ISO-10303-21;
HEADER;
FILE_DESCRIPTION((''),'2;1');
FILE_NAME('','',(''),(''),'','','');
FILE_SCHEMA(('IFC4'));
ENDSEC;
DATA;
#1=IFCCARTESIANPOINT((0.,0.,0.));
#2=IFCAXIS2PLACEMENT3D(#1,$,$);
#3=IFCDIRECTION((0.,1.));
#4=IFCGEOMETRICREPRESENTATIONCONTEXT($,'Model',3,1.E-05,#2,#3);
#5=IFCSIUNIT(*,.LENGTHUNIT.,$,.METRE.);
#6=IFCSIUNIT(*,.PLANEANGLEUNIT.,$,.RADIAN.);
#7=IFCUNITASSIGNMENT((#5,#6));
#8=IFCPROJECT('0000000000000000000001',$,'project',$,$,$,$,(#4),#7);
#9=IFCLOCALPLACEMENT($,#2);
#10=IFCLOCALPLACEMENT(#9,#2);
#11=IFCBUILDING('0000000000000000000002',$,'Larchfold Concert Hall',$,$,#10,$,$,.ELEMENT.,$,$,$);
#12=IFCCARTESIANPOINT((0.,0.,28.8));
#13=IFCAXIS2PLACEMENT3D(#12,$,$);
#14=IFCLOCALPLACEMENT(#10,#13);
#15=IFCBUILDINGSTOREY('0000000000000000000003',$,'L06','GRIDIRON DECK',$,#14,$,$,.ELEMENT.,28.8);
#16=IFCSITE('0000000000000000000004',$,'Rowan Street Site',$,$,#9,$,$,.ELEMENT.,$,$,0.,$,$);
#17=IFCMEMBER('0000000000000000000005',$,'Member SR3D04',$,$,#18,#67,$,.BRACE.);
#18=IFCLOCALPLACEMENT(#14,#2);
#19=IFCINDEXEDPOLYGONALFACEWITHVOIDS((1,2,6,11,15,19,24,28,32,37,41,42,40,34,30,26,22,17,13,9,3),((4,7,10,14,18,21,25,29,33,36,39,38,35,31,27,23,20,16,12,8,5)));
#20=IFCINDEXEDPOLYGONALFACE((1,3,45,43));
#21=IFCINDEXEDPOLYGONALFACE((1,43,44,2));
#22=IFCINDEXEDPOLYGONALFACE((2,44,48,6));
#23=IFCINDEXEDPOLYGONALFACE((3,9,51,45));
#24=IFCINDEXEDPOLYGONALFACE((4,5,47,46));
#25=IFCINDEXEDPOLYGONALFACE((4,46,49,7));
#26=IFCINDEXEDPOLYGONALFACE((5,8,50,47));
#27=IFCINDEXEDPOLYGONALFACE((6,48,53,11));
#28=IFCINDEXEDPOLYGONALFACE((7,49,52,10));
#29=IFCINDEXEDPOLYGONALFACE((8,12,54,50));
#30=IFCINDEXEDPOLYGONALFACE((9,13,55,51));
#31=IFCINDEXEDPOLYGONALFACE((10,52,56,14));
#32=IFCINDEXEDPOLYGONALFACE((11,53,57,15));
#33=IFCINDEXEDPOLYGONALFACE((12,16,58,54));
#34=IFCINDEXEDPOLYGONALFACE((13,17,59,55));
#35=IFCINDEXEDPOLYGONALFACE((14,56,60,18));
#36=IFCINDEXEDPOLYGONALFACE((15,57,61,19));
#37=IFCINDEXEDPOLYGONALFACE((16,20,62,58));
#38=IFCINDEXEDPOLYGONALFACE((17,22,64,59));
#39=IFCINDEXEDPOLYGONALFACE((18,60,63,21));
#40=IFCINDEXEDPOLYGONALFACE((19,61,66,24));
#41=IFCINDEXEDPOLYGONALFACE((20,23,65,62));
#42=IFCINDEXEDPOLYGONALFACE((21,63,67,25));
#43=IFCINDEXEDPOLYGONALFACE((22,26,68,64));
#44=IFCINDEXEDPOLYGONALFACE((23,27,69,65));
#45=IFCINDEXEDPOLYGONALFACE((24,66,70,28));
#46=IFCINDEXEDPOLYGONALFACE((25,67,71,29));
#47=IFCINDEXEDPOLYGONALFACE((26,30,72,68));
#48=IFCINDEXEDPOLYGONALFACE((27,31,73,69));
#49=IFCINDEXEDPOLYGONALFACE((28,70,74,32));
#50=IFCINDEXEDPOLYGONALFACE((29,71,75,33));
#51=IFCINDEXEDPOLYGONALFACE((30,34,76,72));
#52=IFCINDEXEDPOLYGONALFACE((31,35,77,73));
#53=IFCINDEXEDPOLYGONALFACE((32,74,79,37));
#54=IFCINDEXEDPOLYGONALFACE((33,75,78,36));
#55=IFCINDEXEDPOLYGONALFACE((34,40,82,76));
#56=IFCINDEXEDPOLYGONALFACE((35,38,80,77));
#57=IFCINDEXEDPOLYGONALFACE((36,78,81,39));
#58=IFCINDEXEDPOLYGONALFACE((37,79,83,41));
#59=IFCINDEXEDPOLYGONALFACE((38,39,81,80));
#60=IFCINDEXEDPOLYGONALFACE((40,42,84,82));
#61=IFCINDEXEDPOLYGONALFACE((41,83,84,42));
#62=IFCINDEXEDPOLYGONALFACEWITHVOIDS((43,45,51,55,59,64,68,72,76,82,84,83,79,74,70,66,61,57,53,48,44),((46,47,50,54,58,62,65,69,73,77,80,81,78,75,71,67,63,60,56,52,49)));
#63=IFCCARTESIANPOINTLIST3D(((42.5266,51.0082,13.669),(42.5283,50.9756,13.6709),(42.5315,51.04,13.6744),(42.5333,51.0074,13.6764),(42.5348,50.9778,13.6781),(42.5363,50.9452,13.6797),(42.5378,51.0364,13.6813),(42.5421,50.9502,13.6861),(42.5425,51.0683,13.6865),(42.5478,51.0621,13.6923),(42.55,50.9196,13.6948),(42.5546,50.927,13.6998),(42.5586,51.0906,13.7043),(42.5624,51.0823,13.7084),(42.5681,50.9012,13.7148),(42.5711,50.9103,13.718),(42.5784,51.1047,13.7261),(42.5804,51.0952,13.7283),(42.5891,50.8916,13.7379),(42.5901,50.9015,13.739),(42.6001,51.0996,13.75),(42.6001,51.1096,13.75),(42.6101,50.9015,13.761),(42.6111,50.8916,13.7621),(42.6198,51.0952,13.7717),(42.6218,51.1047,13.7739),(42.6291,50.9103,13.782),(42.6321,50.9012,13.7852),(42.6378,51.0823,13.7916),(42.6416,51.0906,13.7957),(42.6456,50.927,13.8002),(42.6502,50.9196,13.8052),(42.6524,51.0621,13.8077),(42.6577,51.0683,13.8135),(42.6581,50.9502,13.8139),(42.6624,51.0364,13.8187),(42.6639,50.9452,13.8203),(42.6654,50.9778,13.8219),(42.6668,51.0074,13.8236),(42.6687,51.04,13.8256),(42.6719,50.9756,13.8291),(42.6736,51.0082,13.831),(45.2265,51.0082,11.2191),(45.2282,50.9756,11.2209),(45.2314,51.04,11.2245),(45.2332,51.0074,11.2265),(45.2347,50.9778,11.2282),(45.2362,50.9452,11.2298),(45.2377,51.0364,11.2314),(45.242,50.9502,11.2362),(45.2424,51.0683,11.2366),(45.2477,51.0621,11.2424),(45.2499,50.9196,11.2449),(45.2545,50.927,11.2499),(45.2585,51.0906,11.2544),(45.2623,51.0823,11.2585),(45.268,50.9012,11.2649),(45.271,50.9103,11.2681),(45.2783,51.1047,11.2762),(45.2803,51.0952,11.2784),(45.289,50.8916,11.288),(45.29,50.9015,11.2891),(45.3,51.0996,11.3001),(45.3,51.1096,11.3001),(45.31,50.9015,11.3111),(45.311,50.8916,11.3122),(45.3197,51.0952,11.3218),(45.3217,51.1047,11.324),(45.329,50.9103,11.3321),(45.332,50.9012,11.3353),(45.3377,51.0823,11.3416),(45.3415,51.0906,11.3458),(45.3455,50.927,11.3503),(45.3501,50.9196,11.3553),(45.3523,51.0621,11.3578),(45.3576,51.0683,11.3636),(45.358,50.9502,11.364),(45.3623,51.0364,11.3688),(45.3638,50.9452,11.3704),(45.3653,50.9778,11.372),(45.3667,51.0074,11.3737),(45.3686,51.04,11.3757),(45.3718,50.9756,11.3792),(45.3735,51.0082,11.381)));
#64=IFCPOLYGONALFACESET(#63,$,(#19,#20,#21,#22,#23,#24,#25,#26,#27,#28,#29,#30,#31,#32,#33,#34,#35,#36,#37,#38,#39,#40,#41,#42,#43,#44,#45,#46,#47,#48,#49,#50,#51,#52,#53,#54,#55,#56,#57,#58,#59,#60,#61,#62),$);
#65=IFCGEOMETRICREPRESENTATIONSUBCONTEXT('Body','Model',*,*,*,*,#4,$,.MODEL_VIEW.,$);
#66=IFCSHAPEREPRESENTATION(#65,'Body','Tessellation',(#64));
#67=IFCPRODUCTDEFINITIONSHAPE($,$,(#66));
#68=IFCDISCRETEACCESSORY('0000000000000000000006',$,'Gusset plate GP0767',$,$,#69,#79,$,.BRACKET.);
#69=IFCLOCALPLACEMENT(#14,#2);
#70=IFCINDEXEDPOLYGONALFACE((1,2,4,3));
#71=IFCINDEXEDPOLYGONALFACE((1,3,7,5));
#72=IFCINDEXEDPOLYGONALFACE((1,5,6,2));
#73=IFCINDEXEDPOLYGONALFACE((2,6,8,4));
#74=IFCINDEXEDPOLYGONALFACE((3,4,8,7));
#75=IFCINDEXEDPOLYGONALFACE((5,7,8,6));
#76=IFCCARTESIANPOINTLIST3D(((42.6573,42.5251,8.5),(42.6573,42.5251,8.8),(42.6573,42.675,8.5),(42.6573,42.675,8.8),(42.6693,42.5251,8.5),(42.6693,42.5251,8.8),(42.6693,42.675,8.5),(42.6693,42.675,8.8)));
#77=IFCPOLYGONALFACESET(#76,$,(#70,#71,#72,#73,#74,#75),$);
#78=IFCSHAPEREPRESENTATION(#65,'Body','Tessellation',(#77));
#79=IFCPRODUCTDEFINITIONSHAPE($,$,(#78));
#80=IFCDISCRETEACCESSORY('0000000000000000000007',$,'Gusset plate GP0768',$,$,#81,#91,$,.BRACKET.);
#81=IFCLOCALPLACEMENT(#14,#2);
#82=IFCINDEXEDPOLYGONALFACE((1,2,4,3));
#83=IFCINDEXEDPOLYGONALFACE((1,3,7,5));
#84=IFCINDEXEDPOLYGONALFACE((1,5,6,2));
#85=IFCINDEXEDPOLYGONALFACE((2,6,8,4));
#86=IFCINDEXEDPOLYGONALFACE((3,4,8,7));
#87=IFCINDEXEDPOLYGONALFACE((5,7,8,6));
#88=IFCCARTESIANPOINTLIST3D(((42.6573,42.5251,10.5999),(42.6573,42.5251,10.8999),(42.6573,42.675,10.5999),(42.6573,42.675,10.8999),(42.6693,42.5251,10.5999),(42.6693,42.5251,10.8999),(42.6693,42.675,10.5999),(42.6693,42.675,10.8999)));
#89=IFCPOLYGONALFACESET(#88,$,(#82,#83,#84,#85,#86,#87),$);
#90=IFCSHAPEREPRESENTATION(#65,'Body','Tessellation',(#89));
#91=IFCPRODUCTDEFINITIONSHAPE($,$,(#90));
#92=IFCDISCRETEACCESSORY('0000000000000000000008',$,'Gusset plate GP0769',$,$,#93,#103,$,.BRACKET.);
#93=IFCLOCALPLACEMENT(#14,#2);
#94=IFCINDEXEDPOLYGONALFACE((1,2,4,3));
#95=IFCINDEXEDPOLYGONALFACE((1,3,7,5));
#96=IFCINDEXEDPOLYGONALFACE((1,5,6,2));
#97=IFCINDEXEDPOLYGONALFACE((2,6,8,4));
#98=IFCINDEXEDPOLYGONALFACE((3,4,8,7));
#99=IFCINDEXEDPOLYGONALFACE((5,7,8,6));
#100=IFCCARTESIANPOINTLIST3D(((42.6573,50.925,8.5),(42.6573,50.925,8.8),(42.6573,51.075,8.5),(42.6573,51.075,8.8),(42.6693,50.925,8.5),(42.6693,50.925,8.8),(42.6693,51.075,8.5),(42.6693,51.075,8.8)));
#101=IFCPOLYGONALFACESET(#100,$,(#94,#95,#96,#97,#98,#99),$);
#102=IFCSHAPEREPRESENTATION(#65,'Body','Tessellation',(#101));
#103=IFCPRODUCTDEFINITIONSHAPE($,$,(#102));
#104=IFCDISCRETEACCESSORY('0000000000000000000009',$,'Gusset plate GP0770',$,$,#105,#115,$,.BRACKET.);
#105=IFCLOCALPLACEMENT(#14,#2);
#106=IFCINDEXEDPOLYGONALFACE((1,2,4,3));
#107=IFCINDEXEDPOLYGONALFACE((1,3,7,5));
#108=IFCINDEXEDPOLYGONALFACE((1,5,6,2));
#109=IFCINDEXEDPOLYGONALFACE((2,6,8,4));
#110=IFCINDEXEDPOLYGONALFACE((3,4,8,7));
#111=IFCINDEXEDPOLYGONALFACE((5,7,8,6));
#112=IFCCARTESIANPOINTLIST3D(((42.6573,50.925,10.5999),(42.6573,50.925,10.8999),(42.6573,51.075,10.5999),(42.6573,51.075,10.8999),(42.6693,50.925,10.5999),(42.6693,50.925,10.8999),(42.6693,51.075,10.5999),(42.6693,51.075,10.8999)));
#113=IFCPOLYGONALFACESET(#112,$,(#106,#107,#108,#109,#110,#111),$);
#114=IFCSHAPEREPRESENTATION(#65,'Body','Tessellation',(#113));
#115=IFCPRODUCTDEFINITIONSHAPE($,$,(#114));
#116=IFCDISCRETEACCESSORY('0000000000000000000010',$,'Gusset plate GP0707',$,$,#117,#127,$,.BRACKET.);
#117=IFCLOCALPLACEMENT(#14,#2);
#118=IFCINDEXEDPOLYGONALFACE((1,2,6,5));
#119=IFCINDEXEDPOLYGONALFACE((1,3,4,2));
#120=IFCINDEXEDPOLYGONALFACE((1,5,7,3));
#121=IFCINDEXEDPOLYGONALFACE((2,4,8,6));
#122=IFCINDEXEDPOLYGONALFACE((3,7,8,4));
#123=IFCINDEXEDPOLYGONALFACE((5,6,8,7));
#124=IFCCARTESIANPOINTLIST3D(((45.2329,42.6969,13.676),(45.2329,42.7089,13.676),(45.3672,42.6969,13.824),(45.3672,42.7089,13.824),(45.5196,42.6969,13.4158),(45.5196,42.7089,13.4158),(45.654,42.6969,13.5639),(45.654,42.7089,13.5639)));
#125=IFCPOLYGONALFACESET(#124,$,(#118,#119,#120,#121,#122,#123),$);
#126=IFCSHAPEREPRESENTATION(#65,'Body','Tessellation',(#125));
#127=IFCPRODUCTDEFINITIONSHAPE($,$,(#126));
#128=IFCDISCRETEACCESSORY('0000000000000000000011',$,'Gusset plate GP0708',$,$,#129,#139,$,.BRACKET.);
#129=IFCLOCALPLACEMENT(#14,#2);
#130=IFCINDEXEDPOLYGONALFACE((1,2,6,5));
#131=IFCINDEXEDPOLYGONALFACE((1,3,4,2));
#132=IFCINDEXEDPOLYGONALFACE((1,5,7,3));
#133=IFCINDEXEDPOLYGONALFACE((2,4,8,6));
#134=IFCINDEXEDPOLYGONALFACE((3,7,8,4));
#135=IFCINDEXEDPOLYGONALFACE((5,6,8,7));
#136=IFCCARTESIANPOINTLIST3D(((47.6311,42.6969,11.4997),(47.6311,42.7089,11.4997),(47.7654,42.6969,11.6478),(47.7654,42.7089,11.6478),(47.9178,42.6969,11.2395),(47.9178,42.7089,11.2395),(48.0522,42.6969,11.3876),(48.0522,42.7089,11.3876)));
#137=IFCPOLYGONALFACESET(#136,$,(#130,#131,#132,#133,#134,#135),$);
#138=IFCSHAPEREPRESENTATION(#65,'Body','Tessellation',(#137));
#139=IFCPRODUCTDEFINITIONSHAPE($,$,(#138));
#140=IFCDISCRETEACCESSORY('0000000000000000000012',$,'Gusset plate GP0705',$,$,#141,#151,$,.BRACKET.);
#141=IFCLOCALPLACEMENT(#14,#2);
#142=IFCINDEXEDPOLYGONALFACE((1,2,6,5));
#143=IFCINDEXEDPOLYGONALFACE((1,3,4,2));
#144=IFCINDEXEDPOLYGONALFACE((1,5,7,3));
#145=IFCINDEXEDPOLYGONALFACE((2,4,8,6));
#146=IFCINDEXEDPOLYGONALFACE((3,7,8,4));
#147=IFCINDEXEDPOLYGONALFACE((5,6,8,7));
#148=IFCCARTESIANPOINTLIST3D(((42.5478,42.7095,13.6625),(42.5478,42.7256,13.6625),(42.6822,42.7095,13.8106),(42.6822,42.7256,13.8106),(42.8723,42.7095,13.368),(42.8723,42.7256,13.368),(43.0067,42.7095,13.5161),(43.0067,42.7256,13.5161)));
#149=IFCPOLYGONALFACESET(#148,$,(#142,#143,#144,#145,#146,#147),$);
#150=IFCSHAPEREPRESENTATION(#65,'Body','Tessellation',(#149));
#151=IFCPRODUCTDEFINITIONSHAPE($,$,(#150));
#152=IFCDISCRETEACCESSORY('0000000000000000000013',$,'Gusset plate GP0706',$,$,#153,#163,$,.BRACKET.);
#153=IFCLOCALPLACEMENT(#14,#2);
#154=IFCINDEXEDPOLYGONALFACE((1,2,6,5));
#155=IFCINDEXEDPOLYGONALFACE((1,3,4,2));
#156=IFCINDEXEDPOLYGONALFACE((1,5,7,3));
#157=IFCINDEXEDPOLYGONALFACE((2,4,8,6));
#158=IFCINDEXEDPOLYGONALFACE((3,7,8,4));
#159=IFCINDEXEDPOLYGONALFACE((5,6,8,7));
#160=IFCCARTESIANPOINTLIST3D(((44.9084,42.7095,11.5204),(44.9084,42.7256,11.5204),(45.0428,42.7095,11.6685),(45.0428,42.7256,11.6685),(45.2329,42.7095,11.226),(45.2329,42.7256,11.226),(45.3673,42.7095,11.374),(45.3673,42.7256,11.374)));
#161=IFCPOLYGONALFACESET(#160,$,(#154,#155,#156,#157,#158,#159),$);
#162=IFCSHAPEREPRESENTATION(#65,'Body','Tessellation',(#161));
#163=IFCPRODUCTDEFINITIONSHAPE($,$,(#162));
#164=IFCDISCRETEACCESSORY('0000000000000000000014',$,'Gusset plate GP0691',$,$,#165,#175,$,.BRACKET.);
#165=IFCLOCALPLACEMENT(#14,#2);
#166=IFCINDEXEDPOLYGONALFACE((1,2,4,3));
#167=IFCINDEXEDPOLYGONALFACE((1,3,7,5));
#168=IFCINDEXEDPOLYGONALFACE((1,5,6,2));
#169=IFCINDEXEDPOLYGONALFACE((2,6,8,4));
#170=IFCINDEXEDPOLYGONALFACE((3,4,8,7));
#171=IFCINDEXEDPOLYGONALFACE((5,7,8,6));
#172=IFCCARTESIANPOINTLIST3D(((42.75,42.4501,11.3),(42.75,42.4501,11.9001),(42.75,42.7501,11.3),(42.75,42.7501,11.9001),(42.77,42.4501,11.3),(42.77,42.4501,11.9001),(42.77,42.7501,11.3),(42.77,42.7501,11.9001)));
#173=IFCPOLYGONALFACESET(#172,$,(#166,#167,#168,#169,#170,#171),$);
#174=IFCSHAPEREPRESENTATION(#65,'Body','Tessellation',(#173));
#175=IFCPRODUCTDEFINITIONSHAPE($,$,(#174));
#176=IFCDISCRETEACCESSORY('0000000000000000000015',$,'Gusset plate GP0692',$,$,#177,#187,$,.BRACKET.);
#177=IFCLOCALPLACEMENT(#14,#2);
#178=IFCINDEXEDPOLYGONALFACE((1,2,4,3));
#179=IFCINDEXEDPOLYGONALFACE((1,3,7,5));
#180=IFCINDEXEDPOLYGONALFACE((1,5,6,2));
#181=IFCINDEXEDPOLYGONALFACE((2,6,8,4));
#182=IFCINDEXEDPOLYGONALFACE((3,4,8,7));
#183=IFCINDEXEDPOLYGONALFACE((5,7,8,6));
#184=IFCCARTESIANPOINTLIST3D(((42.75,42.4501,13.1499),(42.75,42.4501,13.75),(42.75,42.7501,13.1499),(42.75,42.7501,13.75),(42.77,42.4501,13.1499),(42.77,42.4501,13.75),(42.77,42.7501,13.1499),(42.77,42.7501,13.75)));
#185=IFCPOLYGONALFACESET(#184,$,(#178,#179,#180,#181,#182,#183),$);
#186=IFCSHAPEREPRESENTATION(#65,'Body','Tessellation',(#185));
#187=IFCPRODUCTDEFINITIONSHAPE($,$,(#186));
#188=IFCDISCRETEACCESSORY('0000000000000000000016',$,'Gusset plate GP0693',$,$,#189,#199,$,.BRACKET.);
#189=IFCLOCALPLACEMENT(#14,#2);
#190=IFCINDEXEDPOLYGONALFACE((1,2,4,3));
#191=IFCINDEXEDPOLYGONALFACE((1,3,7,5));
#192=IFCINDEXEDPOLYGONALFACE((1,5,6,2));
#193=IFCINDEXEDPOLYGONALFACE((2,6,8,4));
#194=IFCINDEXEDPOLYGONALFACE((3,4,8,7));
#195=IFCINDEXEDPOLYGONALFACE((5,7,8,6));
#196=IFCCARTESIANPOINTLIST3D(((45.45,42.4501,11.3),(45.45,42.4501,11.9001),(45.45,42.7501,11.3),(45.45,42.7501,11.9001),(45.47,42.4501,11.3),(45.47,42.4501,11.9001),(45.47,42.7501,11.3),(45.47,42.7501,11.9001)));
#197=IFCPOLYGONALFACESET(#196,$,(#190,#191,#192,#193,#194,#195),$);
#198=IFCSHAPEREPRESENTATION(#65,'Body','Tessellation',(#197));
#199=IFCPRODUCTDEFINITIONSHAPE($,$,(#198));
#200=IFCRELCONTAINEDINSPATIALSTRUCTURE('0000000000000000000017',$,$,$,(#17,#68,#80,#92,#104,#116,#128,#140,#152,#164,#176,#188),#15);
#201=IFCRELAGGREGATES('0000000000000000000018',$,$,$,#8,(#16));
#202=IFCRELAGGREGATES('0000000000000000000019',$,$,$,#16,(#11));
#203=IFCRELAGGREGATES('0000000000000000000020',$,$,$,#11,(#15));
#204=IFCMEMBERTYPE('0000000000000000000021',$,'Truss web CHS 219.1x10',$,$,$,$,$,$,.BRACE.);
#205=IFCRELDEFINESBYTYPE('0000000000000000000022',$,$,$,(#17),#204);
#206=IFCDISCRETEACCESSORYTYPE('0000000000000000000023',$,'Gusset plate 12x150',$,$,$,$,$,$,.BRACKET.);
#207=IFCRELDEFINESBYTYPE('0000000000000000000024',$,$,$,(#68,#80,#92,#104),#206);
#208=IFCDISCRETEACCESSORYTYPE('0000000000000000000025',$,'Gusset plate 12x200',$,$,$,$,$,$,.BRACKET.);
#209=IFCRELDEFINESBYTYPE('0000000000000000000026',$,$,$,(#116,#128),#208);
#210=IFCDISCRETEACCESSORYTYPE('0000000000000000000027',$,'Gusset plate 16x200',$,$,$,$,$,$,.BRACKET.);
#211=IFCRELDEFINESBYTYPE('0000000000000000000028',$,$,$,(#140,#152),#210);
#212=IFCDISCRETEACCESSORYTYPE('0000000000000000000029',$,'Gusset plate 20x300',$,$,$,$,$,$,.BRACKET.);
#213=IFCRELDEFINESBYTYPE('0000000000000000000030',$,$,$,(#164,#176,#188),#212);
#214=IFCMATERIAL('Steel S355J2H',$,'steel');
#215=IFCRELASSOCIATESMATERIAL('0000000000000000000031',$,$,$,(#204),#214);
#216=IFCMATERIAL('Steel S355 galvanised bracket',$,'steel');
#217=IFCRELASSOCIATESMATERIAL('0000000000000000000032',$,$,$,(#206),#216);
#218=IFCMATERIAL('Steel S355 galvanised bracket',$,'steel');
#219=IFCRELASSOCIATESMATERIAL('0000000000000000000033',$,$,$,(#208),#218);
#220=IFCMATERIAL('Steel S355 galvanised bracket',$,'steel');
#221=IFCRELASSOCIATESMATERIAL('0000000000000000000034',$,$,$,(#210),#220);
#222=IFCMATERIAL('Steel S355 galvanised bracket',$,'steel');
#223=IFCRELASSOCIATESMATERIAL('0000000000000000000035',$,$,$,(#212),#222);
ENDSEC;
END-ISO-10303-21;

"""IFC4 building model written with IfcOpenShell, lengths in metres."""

from ifc_helpers import new_model, si_unit, direction, frame, origin, origin_2d, place, context, subcontext, project, spatial, rectangle, hollow_circle, extrude, material, material_profile, profile_set, type_object, element, save


model = new_model("IFC4")

# Units and contexts
model_context = context("Model", 3, precision=1e-05, world=origin(), true_north=direction((0.0, 1.0)))
body_context = subcontext(model_context, "Body", "Model", "MODEL_VIEW")
ifc_project = project(units=[si_unit("LENGTHUNIT", "METRE"), si_unit("PLANEANGLEUNIT", "RADIAN")], contexts=[model_context])

# Site, building, storey
site_placement = place(None, origin())
site = spatial("IfcSite", under=ifc_project, at=site_placement, Name="Rowan Street Site", CompositionType="ELEMENT", RefElevation=0.0)
building_placement = place(site_placement, origin())
building = spatial("IfcBuilding", under=site, at=building_placement, Name="Larchfold Concert Hall", CompositionType="ELEMENT")
storey_placement = place(building_placement, frame((0.0, 0.0, 28.8)))
storey = spatial("IfcBuildingStorey", under=building, at=storey_placement, Name="L06", Description="GRIDIRON DECK", CompositionType="ELEMENT", Elevation=28.8)

# Member
ifc_material_1 = material(Name="Steel S355J2H", Category="steel")
ifc_material_profile_1 = material_profile(ifc_material_1, hollow_circle(Radius=0.1096, WallThickness=0.01, at=origin_2d()))
ifc_profile_set_1 = profile_set([ifc_material_profile_1], Name="Steel S355J2H")
member_type_1 = type_object("IfcMemberType", Name="Truss web CHS 219.1x10", PredefinedType="BRACE", material=ifc_profile_set_1)
member_1_placement = place(storey_placement, frame((42.6001, 51.0, 13.75), z_axis=(0.740561, 0.0, -0.671989), x_axis=(0.0, 1.0, 0.0)))
element("IfcMember", 1, at=member_1_placement, inside=storey, type_object=member_type_1, Name="Member SR3D04", PredefinedType="BRACE", context=body_context, shape_type="SweptSolid", body=[
    extrude(hollow_circle(Radius=0.1096, WallThickness=0.01, at=origin_2d()), origin(), (0.0, 0.0, 1.0), 3.6458),
])

# Discrete accessories
ifc_material_2 = material(Name="Steel S355 galvanised bracket", Category="steel")
ifc_material_profile_2 = material_profile(ifc_material_2, rectangle(XDim=0.012, YDim=0.1499, at=origin_2d()))
ifc_profile_set_2 = profile_set([ifc_material_profile_2], Name="Steel S355 galvanised bracket")
discrete_accessory_type_1 = type_object("IfcDiscreteAccessoryType", Name="Gusset plate 12x150", PredefinedType="BRACKET", material=ifc_profile_set_2)
for number, where, z_axis, x_axis, name in (
    (2, (42.6633, 42.6001, 8.5), (0.0, 0.0, 1.0), (1.0, 0.0, 0.0), "Gusset plate GP0767"),
    (3, (42.6633, 42.6001, 10.5999), (0.0, 0.0, 1.0), (1.0, 0.0, 0.0), "Gusset plate GP0768"),
    (4, (42.6633, 51.0, 8.5), (0.0, 0.0, 1.0), (1.0, 0.0, 0.0), "Gusset plate GP0769"),
    (5, (42.6633, 51.0, 10.5999), (0.0, 0.0, 1.0), (1.0, 0.0, 0.0), "Gusset plate GP0770"),
):
    element("IfcDiscreteAccessory", number, at=place(storey_placement, frame(where, z_axis=z_axis, x_axis=x_axis)), inside=storey, type_object=discrete_accessory_type_1, Name=name, PredefinedType="BRACKET", context=body_context, shape_type="SweptSolid", body=[
        extrude(rectangle(XDim=0.012, YDim=0.1499, at=origin_2d()), origin(), (0.0, 0.0, 1.0), 0.3),
    ])
ifc_material_3 = material(Name="Steel S355 galvanised bracket", Category="steel")
ifc_material_profile_3 = material_profile(ifc_material_3, rectangle(XDim=0.012, YDim=0.2, at=origin_2d()))
ifc_profile_set_3 = profile_set([ifc_material_profile_3], Name="Steel S355 galvanised bracket")
discrete_accessory_type_2 = type_object("IfcDiscreteAccessoryType", Name="Gusset plate 12x200", PredefinedType="BRACKET", material=ifc_profile_set_3)
for number, where, z_axis, x_axis, name in (
    (6, (45.3, 42.7029, 13.75), (0.740624, 0.0, -0.671919), (0.0, 1.0, 0.0), "Gusset plate GP0707"),
    (7, (47.6982, 42.7029, 11.5737), (0.740624, 0.0, -0.671919), (0.0, 1.0, 0.0), "Gusset plate GP0708"),
):
    element("IfcDiscreteAccessory", number, at=place(storey_placement, frame(where, z_axis=z_axis, x_axis=x_axis)), inside=storey, type_object=discrete_accessory_type_2, Name=name, PredefinedType="BRACKET", context=body_context, shape_type="SweptSolid", body=[
        extrude(rectangle(XDim=0.012, YDim=0.2, at=origin_2d()), origin(), (0.0, 0.0, 1.0), 0.3872),
    ])
ifc_material_4 = material(Name="Steel S355 galvanised bracket", Category="steel")
ifc_material_profile_4 = material_profile(ifc_material_4, rectangle(XDim=0.0161, YDim=0.2, at=origin_2d()))
ifc_profile_set_4 = profile_set([ifc_material_profile_4], Name="Steel S355 galvanised bracket")
discrete_accessory_type_3 = type_object("IfcDiscreteAccessoryType", Name="Gusset plate 16x200", PredefinedType="BRACKET", material=ifc_profile_set_4)
for number, where, z_axis, x_axis, name in (
    (8, (42.615, 42.7175, 13.7366), (0.740545, 0.0, -0.672007), (0.0, 1.0, 0.0), "Gusset plate GP0705"),
    (9, (44.9756, 42.7175, 11.5945), (0.740545, 0.0, -0.672007), (0.0, 1.0, 0.0), "Gusset plate GP0706"),
):
    element("IfcDiscreteAccessory", number, at=place(storey_placement, frame(where, z_axis=z_axis, x_axis=x_axis)), inside=storey, type_object=discrete_accessory_type_3, Name=name, PredefinedType="BRACKET", context=body_context, shape_type="SweptSolid", body=[
        extrude(rectangle(XDim=0.0161, YDim=0.2, at=origin_2d()), origin(), (0.0, 0.0, 1.0), 0.4382),
    ])
ifc_material_5 = material(Name="Steel S355 galvanised bracket", Category="steel")
ifc_material_profile_5 = material_profile(ifc_material_5, rectangle(XDim=0.02, YDim=0.3, at=origin_2d()))
ifc_profile_set_5 = profile_set([ifc_material_profile_5], Name="Steel S355 galvanised bracket")
discrete_accessory_type_4 = type_object("IfcDiscreteAccessoryType", Name="Gusset plate 20x300", PredefinedType="BRACKET", material=ifc_profile_set_5)
for number, where, z_axis, x_axis, name in (
    (10, (42.76, 42.6001, 11.3), (0.0, 0.0, 1.0), (1.0, 0.0, 0.0), "Gusset plate GP0691"),
    (11, (42.76, 42.6001, 13.1499), (0.0, 0.0, 1.0), (1.0, 0.0, 0.0), "Gusset plate GP0692"),
    (12, (45.46, 42.6001, 11.3), (0.0, 0.0, 1.0), (1.0, 0.0, 0.0), "Gusset plate GP0693"),
):
    element("IfcDiscreteAccessory", number, at=place(storey_placement, frame(where, z_axis=z_axis, x_axis=x_axis)), inside=storey, type_object=discrete_accessory_type_4, Name=name, PredefinedType="BRACKET", context=body_context, shape_type="SweptSolid", body=[
        extrude(rectangle(XDim=0.02, YDim=0.3, at=origin_2d()), origin(), (0.0, 0.0, 1.0), 0.6001),
    ])

save(model, "model.ifc")
